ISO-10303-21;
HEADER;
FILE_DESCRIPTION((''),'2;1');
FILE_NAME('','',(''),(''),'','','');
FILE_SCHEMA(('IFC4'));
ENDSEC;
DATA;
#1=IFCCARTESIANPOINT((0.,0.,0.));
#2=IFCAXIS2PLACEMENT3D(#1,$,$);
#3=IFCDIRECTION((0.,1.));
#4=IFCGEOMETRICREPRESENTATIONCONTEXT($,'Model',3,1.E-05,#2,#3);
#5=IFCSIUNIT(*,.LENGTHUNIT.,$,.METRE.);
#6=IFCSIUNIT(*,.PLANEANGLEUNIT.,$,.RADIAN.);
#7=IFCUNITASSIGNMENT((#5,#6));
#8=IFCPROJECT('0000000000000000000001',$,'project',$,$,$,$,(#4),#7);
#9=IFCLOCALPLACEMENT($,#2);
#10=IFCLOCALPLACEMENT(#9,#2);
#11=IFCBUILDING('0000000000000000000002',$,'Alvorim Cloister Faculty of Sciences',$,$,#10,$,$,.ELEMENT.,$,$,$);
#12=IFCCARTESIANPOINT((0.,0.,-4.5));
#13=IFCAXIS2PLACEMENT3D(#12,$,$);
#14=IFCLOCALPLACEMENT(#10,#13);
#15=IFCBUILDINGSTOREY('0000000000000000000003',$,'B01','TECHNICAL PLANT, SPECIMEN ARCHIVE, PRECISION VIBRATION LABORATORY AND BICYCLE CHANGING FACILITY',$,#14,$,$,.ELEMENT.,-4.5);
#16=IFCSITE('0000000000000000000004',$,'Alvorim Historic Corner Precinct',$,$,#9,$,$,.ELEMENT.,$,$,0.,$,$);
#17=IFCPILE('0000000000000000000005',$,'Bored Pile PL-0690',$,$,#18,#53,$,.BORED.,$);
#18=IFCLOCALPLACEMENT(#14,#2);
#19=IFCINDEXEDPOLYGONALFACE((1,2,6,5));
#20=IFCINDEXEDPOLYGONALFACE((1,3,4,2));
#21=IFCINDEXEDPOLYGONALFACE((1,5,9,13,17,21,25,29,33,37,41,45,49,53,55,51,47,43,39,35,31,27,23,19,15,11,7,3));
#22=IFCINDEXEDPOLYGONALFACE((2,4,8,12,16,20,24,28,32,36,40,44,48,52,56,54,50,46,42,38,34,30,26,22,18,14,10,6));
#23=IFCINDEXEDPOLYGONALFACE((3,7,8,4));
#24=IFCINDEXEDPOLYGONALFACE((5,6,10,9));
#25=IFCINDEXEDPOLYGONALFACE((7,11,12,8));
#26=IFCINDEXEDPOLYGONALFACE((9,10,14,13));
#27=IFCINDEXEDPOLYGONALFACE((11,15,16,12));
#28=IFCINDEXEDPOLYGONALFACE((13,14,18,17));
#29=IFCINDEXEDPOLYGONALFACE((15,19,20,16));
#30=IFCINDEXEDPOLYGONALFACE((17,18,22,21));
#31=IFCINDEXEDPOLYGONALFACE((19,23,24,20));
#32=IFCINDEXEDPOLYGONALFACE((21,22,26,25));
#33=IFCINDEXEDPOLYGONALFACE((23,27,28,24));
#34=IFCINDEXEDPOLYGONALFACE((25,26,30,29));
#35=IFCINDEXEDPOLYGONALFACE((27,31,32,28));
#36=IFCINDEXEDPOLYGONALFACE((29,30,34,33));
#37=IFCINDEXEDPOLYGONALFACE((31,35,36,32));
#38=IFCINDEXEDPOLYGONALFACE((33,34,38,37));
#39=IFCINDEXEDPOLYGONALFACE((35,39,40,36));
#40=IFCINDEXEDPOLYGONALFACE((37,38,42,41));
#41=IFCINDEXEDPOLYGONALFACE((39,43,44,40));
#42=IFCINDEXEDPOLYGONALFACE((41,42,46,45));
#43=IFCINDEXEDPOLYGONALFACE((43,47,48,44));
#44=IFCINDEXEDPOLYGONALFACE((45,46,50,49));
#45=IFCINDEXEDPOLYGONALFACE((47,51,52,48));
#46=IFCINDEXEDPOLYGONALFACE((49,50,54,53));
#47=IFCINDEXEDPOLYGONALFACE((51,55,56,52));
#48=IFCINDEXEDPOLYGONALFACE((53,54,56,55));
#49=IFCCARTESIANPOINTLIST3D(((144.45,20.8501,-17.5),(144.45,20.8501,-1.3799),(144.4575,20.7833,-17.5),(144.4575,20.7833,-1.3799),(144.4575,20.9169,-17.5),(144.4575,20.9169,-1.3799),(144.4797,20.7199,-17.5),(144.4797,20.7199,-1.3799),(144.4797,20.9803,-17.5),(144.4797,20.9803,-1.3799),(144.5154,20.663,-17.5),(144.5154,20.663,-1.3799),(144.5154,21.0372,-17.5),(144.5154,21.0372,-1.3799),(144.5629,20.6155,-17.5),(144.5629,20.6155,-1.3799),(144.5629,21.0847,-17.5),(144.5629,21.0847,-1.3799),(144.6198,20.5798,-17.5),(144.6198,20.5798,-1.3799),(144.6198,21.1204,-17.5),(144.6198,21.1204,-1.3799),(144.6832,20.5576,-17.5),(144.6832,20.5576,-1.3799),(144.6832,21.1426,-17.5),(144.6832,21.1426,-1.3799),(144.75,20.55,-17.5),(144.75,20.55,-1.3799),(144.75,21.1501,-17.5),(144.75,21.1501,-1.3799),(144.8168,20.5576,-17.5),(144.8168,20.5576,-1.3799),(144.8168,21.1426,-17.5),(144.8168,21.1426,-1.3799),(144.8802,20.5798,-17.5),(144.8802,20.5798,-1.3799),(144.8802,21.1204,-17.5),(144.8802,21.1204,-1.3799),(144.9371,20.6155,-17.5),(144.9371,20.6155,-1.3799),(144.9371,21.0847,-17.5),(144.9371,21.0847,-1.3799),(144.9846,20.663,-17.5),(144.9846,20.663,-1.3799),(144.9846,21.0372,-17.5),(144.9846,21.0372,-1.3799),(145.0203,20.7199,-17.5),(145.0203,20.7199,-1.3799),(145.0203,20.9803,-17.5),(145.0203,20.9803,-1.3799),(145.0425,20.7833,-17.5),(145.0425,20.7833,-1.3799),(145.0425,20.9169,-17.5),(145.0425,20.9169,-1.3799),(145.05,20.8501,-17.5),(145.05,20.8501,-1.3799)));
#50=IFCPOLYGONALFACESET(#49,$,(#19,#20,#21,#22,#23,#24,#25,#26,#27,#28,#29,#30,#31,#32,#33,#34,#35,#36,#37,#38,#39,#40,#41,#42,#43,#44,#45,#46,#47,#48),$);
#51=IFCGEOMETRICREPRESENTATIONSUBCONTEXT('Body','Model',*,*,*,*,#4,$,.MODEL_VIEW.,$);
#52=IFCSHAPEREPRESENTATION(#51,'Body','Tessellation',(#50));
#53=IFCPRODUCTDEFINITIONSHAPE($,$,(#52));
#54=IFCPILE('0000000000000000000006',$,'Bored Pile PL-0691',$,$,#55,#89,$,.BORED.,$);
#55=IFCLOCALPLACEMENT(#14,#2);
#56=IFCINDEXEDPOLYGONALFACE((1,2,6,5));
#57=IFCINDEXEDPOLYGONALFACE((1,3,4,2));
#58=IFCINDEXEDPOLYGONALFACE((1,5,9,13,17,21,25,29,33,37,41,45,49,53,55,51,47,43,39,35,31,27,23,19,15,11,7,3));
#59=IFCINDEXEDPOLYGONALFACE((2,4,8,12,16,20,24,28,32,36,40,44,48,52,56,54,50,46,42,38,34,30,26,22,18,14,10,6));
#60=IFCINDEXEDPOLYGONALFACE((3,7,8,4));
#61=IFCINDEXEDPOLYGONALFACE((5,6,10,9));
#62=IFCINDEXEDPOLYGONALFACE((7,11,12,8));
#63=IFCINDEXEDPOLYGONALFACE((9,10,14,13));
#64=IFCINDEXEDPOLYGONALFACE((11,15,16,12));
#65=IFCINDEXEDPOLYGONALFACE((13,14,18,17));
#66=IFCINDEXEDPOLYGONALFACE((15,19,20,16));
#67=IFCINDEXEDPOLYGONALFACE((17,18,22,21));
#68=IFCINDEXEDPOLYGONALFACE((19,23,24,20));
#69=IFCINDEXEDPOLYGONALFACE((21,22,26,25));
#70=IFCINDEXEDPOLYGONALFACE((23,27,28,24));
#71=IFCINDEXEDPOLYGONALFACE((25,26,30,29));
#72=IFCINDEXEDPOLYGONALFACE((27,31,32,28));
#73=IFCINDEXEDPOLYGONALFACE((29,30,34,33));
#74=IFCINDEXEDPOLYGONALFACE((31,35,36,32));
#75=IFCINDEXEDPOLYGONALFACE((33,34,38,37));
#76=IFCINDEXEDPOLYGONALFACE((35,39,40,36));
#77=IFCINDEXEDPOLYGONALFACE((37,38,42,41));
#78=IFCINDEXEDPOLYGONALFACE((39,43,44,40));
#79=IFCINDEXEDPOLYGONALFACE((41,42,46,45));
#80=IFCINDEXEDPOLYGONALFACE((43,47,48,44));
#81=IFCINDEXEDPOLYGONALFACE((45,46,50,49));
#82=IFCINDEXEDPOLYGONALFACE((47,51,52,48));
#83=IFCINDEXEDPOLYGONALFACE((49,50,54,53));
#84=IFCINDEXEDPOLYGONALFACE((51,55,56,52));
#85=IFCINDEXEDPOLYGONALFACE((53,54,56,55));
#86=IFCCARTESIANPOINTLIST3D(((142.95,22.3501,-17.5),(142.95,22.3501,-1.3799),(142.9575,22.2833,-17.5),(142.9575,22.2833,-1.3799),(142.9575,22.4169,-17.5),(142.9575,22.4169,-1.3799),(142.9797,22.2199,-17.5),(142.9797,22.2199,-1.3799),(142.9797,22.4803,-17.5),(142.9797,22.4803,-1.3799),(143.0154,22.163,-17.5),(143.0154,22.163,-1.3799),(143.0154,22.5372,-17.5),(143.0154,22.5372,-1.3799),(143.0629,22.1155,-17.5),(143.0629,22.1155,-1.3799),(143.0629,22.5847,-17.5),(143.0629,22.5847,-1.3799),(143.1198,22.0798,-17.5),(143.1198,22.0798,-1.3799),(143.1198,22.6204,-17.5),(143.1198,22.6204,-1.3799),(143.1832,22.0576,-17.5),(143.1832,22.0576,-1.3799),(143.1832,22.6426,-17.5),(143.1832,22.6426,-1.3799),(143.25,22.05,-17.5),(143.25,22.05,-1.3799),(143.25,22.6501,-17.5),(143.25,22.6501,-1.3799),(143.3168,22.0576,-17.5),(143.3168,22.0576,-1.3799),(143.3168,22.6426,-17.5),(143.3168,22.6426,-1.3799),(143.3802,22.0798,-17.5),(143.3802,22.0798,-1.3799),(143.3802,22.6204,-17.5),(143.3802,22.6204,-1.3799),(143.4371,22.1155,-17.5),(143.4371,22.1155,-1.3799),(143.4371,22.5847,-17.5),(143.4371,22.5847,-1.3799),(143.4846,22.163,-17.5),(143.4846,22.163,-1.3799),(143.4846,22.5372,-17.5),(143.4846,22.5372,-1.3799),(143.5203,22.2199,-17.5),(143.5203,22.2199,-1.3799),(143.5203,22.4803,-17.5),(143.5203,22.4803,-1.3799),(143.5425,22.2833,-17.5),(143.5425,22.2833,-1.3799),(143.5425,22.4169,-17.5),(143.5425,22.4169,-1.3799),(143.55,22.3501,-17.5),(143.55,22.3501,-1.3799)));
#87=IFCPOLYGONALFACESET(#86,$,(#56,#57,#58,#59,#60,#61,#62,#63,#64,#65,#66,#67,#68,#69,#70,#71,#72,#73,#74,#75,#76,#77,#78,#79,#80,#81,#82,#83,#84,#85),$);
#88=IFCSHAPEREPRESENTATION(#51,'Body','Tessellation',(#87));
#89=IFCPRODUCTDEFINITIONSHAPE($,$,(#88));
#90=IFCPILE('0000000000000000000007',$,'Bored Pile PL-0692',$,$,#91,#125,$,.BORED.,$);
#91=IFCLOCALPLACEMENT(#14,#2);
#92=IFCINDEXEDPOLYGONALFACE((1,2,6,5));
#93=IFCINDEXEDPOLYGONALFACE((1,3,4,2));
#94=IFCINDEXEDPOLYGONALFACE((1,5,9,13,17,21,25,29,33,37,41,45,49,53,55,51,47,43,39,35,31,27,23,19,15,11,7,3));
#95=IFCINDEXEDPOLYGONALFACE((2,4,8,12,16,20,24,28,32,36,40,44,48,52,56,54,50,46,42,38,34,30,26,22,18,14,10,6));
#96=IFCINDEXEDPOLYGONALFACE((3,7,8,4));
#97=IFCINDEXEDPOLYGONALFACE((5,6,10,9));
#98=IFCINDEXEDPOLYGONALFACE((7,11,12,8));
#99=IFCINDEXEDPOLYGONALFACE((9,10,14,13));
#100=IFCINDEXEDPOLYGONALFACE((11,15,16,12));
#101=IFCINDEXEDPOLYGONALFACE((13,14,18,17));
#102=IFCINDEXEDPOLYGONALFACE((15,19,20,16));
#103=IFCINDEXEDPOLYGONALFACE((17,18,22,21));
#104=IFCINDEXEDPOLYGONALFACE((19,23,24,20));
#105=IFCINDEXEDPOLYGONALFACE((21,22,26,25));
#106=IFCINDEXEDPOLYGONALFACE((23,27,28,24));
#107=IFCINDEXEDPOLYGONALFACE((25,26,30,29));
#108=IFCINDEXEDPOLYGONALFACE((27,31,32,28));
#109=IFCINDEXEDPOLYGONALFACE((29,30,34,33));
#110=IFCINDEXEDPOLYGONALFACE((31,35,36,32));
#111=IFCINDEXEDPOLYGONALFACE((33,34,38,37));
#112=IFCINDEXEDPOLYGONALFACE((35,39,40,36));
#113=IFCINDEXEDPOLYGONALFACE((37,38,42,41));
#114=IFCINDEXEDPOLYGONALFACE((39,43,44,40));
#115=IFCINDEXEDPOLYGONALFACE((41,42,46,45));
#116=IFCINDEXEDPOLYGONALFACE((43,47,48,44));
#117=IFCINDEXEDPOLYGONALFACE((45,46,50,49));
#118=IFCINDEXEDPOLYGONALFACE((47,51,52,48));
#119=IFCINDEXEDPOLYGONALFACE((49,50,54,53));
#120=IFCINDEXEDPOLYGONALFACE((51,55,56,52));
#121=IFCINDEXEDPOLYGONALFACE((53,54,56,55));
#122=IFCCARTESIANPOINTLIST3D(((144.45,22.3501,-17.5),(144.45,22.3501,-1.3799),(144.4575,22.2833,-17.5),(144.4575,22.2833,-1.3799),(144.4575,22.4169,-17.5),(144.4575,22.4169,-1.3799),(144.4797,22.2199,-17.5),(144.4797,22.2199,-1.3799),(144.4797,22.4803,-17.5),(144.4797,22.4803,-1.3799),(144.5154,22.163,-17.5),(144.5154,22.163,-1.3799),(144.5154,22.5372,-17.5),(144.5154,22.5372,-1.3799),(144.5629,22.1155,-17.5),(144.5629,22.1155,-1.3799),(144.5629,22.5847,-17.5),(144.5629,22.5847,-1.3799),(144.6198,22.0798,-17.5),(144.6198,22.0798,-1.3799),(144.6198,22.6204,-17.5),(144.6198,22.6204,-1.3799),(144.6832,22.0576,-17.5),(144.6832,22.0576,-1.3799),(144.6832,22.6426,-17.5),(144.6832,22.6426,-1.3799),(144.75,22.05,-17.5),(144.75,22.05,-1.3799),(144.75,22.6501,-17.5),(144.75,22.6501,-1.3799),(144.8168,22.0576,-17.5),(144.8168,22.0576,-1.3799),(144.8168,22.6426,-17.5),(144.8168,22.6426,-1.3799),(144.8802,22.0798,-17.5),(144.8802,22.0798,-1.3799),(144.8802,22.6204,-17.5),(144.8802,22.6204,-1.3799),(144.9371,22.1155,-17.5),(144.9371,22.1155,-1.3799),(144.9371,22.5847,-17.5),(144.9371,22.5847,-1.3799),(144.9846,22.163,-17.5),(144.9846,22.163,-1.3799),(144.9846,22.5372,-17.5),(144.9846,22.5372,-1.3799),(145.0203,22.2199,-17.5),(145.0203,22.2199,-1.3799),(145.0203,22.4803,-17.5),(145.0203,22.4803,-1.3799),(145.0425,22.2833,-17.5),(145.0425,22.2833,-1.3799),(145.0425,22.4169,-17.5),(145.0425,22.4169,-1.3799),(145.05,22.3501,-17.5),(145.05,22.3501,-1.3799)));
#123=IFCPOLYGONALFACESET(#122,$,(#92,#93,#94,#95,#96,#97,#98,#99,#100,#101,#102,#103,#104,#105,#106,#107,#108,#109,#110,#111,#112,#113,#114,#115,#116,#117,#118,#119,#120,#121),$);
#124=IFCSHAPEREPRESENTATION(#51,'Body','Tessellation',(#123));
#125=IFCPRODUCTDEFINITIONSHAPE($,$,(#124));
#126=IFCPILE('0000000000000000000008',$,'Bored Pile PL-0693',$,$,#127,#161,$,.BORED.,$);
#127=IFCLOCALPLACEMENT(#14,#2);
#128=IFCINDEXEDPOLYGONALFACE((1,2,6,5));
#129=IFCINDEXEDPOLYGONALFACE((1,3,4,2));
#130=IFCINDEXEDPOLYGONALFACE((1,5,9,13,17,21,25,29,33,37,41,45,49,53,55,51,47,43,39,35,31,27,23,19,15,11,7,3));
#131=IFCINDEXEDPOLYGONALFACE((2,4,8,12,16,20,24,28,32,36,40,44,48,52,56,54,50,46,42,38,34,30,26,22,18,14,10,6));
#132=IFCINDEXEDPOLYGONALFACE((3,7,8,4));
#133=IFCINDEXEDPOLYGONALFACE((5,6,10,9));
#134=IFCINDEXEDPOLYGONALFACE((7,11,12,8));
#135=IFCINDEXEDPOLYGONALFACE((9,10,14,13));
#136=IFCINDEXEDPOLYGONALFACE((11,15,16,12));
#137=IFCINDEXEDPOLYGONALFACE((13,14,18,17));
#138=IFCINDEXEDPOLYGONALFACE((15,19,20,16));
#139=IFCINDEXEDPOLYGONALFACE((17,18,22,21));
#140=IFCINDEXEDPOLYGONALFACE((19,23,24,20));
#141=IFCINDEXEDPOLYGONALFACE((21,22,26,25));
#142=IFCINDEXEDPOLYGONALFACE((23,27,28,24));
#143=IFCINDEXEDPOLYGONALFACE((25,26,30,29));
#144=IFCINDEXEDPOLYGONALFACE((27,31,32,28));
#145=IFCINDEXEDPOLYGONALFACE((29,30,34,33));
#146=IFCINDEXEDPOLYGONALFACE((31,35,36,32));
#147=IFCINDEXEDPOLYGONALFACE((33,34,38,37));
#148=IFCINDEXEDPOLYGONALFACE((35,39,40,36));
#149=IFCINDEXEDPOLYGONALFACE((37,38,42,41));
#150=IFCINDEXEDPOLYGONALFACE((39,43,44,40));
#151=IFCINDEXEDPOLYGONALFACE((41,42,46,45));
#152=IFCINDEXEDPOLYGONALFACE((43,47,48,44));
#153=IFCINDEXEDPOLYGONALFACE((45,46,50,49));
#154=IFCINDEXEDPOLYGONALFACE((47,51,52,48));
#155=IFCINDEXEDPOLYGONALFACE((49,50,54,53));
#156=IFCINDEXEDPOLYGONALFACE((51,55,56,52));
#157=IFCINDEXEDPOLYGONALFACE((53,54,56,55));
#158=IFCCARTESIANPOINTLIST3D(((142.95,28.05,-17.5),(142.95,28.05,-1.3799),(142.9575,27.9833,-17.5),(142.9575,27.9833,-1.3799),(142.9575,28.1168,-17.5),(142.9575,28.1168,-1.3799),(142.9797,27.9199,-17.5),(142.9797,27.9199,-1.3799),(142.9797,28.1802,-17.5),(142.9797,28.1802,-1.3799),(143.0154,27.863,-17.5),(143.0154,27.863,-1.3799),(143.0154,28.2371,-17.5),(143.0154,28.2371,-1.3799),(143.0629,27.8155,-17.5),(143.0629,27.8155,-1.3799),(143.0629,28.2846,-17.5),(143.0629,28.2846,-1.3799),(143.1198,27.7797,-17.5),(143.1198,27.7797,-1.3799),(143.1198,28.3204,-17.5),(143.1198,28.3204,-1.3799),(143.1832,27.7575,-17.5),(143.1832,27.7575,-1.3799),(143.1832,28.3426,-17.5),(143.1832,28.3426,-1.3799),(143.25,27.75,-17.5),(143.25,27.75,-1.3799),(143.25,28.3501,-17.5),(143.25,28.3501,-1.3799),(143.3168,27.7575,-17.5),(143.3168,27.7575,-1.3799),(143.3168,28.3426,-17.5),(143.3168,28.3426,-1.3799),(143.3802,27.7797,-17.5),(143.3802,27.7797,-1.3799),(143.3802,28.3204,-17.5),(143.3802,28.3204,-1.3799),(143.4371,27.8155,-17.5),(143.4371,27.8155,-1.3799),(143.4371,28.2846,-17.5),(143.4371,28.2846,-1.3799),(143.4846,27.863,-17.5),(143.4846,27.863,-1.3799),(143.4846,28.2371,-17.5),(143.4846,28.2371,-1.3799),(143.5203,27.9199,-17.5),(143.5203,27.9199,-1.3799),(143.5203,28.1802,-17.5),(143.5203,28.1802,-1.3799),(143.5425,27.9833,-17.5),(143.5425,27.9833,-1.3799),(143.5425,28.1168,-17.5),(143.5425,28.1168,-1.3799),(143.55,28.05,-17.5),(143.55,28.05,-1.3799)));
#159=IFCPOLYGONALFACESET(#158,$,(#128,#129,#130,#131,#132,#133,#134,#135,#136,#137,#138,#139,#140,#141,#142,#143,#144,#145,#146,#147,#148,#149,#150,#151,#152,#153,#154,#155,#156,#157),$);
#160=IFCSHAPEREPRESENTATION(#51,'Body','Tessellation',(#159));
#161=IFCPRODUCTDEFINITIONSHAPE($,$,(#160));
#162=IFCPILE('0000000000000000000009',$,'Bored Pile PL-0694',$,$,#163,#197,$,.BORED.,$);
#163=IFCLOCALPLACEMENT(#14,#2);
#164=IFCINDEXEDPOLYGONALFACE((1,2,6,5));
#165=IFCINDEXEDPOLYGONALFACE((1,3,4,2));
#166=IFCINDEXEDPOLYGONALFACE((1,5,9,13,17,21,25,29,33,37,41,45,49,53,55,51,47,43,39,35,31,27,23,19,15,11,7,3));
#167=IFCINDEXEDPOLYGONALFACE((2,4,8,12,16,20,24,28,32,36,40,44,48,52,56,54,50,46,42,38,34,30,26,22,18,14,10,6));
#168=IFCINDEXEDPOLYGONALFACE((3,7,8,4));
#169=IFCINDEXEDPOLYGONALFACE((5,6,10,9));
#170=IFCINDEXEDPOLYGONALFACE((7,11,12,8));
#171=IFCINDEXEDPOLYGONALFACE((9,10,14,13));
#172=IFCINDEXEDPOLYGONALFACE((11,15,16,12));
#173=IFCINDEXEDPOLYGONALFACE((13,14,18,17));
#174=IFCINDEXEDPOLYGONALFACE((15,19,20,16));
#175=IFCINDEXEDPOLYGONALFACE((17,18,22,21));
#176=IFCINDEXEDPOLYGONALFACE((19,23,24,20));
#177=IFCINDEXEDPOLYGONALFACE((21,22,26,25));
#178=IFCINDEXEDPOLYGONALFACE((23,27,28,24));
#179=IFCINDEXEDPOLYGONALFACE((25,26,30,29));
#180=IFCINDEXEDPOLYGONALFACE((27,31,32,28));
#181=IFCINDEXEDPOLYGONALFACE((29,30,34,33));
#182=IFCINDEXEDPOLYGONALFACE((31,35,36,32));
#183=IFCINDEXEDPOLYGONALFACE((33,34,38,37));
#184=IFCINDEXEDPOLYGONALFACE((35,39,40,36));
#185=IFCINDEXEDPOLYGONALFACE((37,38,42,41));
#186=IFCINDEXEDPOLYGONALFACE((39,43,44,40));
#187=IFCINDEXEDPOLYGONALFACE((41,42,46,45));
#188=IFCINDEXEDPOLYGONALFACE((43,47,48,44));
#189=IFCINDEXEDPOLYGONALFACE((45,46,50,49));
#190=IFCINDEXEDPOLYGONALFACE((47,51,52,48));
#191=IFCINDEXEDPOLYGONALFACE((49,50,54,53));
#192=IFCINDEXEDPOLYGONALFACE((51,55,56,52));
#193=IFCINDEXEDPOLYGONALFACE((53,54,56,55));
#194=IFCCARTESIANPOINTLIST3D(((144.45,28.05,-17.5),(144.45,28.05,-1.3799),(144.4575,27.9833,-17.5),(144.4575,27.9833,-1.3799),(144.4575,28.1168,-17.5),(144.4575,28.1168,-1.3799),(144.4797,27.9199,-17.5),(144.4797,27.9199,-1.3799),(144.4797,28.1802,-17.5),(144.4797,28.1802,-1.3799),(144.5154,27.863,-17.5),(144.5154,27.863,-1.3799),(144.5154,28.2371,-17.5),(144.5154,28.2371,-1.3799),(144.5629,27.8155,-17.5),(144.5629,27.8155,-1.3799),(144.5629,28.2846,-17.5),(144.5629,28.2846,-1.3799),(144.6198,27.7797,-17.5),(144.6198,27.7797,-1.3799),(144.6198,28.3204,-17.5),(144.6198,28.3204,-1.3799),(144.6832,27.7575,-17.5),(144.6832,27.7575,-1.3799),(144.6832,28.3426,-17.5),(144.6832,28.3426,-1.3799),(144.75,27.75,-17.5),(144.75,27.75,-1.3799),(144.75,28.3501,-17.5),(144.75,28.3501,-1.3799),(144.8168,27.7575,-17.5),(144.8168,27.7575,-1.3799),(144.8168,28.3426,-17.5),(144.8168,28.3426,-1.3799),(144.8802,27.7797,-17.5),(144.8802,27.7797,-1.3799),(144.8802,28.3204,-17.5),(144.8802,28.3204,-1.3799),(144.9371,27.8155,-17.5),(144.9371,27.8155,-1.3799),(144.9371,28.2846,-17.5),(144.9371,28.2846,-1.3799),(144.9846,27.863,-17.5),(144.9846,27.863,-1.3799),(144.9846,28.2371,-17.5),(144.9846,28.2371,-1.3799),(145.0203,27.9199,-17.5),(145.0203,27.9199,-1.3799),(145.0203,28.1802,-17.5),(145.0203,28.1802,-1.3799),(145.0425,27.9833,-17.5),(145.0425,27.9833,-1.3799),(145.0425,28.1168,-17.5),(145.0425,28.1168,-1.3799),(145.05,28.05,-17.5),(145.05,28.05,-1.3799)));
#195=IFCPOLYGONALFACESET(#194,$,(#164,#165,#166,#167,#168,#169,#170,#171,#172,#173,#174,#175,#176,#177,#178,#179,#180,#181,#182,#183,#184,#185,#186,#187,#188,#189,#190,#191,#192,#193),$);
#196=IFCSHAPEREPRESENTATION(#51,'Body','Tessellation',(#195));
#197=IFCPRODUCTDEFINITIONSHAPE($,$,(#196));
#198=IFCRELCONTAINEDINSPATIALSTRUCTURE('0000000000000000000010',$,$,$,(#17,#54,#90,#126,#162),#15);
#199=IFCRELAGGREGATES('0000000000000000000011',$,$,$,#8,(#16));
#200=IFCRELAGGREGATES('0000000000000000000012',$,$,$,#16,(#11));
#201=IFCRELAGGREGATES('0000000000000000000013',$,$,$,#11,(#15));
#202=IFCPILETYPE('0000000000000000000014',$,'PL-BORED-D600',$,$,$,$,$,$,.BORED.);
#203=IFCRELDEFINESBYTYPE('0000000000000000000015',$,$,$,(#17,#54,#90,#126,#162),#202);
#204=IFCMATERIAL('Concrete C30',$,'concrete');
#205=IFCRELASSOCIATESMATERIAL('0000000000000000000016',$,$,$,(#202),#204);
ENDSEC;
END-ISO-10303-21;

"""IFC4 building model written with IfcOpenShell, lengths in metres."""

from ifc_helpers import new_model, si_unit, direction, frame, origin, origin_2d, place, context, subcontext, project, spatial, circle, extrude, material, material_profile, profile_set, type_object, element, save


model = new_model("IFC4")

# Units and contexts
model_context = context("Model", 3, precision=1e-05, world=origin(), true_north=direction((0.0, 1.0)))
body_context = subcontext(model_context, "Body", "Model", "MODEL_VIEW")
ifc_project = project(units=[si_unit("LENGTHUNIT", "METRE"), si_unit("PLANEANGLEUNIT", "RADIAN")], contexts=[model_context])

# Site, building, storey
site_placement = place(None, origin())
site = spatial("IfcSite", under=ifc_project, at=site_placement, Name="Alvorim Historic Corner Precinct", CompositionType="ELEMENT", RefElevation=0.0)
building_placement = place(site_placement, origin())
building = spatial("IfcBuilding", under=site, at=building_placement, Name="Alvorim Cloister Faculty of Sciences", CompositionType="ELEMENT")
storey_placement = place(building_placement, frame((0.0, 0.0, -4.5)))
storey = spatial("IfcBuildingStorey", under=building, at=storey_placement, Name="B01", Description="TECHNICAL PLANT, SPECIMEN ARCHIVE, PRECISION VIBRATION LABORATORY AND BICYCLE CHANGING FACILITY", CompositionType="ELEMENT", Elevation=-4.5)

# Piles
ifc_material_1 = material(Name="Concrete C30", Category="concrete")
ifc_material_profile_1 = material_profile(ifc_material_1, circle(Radius=0.3, at=origin_2d()), Name="PILE-D600")
ifc_profile_set_1 = profile_set([ifc_material_profile_1], Name="Concrete C30")
pile_type = type_object("IfcPileType", Name="PL-BORED-D600", PredefinedType="BORED", material=ifc_profile_set_1)
for number, where, z_axis, x_axis, name in (
    (1, (144.75, 20.8501, -1.3799), (0.0, 0.0, -1.0), (1.0, 0.0, 0.0), "Bored Pile PL-0690"),
    (2, (143.25, 22.3501, -1.3799), (0.0, 0.0, -1.0), (1.0, 0.0, 0.0), "Bored Pile PL-0691"),
    (3, (144.75, 22.3501, -1.3799), (0.0, 0.0, -1.0), (1.0, 0.0, 0.0), "Bored Pile PL-0692"),
    (4, (143.25, 28.05, -1.3799), (0.0, 0.0, -1.0), (1.0, 0.0, 0.0), "Bored Pile PL-0693"),
    (5, (144.75, 28.05, -1.3799), (0.0, 0.0, -1.0), (1.0, 0.0, 0.0), "Bored Pile PL-0694"),
):
    element("IfcPile", number, at=place(storey_placement, frame(where, z_axis=z_axis, x_axis=x_axis)), inside=storey, type_object=pile_type, Name=name, PredefinedType="BORED", context=body_context, shape_type="SweptSolid", body=[
        extrude(circle(Radius=0.3, at=origin_2d()), origin(), (0.0, 0.0, 1.0), 16.1201),
    ])

save(model, "model.ifc")
